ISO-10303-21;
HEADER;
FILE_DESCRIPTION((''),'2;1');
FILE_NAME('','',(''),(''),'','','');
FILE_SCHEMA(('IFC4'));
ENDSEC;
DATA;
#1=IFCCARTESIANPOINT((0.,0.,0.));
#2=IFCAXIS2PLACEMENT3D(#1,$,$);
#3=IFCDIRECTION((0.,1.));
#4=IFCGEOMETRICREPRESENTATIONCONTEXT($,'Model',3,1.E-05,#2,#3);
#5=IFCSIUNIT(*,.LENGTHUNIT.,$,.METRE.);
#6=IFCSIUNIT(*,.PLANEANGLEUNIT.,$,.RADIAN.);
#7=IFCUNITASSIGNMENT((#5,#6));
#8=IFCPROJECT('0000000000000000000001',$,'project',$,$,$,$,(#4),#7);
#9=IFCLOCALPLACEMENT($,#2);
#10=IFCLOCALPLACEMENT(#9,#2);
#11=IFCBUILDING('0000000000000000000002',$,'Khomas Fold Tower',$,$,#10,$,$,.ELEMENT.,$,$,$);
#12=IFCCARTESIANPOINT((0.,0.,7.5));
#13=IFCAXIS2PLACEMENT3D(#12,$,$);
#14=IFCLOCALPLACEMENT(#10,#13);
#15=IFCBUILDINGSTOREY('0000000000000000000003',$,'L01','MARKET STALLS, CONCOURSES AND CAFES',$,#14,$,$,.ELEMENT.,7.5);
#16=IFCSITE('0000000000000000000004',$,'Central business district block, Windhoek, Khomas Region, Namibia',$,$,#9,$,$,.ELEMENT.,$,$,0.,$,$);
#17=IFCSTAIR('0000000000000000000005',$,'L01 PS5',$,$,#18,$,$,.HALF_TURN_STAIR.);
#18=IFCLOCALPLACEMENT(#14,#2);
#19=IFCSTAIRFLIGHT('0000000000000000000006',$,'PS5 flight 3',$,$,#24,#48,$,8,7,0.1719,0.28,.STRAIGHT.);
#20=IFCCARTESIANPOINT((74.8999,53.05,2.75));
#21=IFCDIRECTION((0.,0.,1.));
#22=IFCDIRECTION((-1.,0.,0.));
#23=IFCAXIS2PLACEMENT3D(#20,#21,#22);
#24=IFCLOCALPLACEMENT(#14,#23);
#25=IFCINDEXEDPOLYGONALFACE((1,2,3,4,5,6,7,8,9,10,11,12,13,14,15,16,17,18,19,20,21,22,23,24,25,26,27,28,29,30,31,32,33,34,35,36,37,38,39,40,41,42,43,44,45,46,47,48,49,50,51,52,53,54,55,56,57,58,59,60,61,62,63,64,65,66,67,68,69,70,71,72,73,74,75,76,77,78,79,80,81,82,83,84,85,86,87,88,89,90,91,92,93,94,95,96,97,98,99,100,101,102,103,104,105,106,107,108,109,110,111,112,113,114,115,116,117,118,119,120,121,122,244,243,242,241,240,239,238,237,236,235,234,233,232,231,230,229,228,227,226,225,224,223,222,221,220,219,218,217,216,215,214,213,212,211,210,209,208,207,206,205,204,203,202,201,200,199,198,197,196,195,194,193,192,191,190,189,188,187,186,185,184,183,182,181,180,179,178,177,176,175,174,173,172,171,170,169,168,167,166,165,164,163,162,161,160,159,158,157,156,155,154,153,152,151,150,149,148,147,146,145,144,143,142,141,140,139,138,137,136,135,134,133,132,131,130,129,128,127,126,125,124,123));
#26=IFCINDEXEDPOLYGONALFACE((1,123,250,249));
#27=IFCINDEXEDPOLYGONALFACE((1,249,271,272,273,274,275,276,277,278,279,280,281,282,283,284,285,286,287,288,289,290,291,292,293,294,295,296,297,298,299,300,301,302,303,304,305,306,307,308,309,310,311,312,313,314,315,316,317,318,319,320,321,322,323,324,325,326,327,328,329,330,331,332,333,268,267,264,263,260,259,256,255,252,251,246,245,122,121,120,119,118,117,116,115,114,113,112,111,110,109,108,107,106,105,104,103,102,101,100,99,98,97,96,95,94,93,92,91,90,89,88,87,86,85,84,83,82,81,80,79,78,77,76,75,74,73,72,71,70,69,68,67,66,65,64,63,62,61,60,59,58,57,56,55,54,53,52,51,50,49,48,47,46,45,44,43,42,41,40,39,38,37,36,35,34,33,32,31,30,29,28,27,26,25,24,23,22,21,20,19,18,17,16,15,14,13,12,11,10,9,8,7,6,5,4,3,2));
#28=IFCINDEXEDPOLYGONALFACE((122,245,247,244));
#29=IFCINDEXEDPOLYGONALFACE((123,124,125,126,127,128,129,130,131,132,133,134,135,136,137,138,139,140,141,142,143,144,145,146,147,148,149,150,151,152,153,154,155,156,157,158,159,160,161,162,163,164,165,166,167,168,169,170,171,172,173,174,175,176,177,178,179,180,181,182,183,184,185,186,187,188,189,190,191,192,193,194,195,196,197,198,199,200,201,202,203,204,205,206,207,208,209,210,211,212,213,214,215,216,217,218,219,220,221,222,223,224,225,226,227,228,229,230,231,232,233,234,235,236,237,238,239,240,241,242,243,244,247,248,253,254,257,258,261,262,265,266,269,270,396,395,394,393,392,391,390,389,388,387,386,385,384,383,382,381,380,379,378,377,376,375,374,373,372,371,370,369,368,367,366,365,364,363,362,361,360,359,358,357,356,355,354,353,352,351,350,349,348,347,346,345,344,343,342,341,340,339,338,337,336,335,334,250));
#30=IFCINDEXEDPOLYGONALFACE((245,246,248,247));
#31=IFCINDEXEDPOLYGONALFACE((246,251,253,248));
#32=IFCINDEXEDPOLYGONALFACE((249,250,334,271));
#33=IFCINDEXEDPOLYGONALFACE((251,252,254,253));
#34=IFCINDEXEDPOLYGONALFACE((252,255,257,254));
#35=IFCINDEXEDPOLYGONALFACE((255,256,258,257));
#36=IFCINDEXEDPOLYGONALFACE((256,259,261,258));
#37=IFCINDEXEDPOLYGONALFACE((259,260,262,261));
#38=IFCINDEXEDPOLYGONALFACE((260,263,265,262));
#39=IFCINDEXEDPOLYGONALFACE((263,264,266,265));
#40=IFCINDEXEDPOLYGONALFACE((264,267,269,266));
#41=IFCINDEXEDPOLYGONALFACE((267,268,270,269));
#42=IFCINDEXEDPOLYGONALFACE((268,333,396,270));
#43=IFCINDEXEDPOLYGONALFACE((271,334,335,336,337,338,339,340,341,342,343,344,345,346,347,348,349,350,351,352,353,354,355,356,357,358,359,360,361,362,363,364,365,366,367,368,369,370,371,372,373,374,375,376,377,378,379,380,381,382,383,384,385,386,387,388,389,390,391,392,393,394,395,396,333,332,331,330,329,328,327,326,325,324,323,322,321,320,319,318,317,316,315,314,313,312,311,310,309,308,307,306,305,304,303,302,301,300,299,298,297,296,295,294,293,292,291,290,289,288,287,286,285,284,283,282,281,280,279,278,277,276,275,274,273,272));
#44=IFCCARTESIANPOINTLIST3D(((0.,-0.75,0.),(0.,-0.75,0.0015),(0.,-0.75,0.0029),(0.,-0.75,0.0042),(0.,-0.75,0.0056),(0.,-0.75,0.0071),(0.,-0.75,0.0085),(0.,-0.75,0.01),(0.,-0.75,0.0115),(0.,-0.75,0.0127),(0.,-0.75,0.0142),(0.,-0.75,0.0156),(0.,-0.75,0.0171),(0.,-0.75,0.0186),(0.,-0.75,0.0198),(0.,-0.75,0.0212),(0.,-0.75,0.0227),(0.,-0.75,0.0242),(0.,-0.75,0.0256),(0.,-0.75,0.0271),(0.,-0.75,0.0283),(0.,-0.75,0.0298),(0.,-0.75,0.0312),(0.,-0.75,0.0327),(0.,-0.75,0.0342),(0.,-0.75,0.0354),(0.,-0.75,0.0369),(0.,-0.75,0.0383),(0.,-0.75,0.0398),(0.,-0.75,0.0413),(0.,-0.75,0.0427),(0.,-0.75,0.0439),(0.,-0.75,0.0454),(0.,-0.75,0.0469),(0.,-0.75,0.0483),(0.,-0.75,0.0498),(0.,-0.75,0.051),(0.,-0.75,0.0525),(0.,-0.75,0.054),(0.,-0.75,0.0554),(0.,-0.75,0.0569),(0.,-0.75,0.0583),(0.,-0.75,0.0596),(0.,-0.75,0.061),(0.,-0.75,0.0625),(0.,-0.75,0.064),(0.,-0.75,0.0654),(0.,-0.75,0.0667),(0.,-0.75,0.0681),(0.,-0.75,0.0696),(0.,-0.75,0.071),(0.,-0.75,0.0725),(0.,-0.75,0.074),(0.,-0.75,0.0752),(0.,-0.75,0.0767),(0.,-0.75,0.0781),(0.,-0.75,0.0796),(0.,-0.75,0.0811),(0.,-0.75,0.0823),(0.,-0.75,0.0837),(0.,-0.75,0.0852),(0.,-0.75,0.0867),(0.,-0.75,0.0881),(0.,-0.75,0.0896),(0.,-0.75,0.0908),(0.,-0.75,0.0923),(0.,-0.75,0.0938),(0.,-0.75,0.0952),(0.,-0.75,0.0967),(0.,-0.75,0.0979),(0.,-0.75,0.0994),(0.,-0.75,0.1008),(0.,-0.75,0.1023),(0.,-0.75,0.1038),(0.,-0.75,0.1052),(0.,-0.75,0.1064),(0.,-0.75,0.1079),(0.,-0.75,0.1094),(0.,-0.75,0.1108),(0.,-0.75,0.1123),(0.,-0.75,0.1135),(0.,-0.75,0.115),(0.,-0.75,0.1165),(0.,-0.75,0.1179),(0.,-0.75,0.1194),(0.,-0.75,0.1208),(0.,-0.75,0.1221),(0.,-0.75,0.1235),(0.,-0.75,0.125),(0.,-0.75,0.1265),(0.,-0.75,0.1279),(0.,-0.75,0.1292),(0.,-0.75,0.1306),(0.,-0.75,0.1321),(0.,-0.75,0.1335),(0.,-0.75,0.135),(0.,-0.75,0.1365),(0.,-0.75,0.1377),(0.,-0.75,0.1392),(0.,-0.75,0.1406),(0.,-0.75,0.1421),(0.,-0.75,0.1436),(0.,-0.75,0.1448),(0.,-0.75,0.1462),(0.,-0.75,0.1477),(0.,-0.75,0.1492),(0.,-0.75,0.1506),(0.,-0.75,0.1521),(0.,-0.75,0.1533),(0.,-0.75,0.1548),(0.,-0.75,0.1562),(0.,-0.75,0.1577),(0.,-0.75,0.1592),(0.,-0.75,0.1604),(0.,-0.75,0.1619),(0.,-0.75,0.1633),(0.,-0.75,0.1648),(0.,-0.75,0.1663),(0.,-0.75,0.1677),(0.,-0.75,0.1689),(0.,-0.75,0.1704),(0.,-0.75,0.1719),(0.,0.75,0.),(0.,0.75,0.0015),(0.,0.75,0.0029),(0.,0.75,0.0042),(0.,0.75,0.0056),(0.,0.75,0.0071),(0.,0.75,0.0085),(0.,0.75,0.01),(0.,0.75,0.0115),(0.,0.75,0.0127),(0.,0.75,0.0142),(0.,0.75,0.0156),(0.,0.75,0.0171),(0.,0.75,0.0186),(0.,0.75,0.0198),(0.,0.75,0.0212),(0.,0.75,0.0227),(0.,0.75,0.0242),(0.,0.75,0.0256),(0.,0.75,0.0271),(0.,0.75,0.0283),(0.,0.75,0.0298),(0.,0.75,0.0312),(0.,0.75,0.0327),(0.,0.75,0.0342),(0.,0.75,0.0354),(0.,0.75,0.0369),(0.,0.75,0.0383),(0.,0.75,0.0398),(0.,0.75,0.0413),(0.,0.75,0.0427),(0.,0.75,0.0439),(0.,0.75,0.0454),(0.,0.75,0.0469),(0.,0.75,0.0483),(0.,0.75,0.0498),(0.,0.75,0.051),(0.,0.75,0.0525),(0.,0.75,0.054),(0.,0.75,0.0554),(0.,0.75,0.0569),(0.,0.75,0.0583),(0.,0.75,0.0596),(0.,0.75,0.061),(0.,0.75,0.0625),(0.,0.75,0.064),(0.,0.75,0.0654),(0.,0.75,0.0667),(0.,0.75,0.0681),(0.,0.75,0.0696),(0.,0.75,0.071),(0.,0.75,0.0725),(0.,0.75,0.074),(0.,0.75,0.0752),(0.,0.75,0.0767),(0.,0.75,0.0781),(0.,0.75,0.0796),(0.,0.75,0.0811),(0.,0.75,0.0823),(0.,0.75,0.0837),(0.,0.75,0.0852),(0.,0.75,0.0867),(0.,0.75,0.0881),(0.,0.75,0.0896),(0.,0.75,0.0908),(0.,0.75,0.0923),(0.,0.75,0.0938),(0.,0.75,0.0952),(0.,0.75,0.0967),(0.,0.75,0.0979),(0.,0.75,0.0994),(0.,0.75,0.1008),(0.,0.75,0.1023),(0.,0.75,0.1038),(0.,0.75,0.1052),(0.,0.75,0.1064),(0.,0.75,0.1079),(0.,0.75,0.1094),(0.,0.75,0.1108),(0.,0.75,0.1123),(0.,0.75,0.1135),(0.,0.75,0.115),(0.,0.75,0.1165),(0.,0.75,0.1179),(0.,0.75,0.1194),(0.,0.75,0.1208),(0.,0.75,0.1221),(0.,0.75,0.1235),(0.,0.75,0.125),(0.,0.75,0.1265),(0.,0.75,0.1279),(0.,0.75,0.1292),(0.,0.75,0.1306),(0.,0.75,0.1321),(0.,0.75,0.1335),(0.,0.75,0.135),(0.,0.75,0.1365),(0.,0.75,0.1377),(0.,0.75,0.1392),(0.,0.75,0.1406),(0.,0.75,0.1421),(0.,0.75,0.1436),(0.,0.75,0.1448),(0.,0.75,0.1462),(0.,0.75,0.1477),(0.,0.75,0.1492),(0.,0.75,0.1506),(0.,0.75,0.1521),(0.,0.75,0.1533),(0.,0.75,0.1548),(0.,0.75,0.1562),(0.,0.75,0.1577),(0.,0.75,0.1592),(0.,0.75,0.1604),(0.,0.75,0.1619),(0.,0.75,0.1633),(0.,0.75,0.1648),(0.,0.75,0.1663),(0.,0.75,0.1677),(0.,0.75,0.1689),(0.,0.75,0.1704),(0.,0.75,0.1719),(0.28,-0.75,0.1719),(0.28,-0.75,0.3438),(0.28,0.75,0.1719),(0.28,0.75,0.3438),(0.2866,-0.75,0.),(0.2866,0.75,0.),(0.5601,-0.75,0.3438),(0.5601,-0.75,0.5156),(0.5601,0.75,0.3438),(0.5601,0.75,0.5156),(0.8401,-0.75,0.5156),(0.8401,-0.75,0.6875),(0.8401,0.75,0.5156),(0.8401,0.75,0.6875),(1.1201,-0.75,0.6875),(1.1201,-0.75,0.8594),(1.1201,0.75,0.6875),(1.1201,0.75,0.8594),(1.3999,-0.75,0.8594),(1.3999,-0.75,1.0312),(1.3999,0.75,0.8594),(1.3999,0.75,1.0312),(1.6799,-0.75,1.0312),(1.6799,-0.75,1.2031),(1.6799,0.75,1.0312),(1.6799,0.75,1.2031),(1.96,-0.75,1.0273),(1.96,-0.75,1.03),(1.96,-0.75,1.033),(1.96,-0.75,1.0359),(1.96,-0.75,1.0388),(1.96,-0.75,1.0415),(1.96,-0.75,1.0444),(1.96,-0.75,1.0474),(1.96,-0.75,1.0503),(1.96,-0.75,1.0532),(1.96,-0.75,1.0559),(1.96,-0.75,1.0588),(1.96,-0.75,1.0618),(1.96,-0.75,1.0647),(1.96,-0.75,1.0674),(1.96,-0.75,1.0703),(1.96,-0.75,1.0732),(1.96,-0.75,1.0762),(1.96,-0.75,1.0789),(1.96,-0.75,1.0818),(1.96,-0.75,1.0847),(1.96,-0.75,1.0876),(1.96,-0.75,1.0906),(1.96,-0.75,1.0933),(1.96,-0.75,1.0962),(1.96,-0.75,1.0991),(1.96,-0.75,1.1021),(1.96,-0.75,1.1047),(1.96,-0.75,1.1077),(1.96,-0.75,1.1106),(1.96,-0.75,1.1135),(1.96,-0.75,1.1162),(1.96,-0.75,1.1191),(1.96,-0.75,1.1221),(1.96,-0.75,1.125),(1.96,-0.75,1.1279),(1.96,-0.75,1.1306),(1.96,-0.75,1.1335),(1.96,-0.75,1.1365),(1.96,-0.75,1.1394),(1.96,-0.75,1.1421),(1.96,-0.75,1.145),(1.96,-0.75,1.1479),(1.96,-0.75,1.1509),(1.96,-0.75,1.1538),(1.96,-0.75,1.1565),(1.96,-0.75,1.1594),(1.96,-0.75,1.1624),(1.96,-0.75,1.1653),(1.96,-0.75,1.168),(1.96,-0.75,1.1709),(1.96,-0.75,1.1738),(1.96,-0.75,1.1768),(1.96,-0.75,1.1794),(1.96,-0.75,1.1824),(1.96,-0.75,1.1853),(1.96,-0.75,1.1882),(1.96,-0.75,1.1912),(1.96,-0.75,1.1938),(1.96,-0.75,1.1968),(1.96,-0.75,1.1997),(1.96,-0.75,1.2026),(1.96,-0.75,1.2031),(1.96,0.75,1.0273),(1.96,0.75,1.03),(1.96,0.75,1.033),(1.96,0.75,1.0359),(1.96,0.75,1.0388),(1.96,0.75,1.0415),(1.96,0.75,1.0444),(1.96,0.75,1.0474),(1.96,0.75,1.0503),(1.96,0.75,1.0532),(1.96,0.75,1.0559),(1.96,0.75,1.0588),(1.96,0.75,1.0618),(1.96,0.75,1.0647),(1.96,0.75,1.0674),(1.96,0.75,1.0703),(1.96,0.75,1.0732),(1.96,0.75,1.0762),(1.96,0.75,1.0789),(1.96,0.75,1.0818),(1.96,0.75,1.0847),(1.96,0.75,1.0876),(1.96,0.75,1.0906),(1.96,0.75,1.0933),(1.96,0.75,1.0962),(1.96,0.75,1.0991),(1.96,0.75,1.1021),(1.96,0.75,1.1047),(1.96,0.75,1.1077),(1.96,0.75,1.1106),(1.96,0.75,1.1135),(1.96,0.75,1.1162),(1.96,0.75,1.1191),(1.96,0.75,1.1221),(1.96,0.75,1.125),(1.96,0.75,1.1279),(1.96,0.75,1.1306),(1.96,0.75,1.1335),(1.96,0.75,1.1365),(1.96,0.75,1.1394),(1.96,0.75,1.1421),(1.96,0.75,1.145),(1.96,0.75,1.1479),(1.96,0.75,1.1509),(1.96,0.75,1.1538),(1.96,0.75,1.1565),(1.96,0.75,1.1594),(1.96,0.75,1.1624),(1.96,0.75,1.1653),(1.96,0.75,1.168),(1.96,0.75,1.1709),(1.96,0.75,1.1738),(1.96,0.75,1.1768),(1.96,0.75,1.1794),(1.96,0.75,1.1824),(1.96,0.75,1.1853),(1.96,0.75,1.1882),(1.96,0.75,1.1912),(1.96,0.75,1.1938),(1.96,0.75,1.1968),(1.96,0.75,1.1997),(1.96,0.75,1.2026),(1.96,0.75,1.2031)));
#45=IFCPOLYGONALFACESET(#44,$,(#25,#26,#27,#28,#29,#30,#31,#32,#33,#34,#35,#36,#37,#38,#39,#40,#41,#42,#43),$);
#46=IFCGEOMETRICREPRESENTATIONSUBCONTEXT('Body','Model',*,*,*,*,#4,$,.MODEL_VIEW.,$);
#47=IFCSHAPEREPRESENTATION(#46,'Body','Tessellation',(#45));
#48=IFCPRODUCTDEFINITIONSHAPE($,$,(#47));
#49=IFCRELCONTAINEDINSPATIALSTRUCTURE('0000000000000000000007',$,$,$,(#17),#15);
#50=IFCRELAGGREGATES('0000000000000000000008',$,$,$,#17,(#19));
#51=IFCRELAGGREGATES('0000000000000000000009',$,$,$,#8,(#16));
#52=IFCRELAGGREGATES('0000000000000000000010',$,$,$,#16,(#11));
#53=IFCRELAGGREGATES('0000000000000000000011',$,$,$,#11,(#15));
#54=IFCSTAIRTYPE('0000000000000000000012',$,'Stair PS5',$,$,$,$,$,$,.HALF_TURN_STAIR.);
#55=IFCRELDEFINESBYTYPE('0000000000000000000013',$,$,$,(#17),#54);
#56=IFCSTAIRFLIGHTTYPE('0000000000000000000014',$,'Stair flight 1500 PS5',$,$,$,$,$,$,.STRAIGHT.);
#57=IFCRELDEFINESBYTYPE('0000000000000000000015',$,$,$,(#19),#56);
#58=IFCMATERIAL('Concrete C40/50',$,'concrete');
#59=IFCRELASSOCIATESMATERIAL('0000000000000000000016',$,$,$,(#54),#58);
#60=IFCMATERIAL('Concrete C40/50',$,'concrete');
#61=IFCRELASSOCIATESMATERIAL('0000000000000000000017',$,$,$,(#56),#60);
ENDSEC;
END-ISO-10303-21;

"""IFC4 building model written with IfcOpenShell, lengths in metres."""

from ifc_helpers import new_model, si_unit, direction, frame, origin, place, context, subcontext, project, spatial, polyline, outline, extrude, source, transform, mapped, material, type_object, element, aggregate, save


model = new_model("IFC4")

# Units and contexts
model_context = context("Model", 3, precision=1e-05, world=origin(), true_north=direction((0.0, 1.0)))
body_context = subcontext(model_context, "Body", "Model", "MODEL_VIEW")
ifc_project = project(units=[si_unit("LENGTHUNIT", "METRE"), si_unit("PLANEANGLEUNIT", "RADIAN")], contexts=[model_context])

# Site, building, storey
site_placement = place(None, origin())
site = spatial("IfcSite", under=ifc_project, at=site_placement, Name="Central business district block, Windhoek, Khomas Region, Namibia", CompositionType="ELEMENT", RefElevation=0.0)
building_placement = place(site_placement, origin())
building = spatial("IfcBuilding", under=site, at=building_placement, Name="Khomas Fold Tower", CompositionType="ELEMENT")
storey_placement = place(building_placement, frame((0.0, 0.0, 7.5)))
storey = spatial("IfcBuildingStorey", under=building, at=storey_placement, Name="L01", Description="MARKET STALLS, CONCOURSES AND CAFES", CompositionType="ELEMENT", Elevation=7.5)

# Stair, stair flight
ifc_material_1 = material(Name="Concrete C40/50", Category="concrete")
stair_type = type_object("IfcStairType", Name="Stair PS5", PredefinedType="HALF_TURN_STAIR", material=ifc_material_1)
stair_placement = place(storey_placement, origin())
stair = element("IfcStair", 1, at=stair_placement, inside=storey, type_object=stair_type, Name="L01 PS5", PredefinedType="HALF_TURN_STAIR")
ifc_material_2 = material(Name="Concrete C40/50", Category="concrete")
stair_flight_type = type_object("IfcStairFlightType", Name="Stair flight 1500 PS5", PredefinedType="STRAIGHT", material=ifc_material_2)
shared_shape_1 = source(origin(), body_context, "Body", "SweptSolid", [
    extrude(outline(polyline([(0.0, 0.0), (0.0, 0.0015), (0.0, 0.0029), (0.0, 0.0042), (0.0, 0.0056), (0.0, 0.0071), (0.0, 0.0085), (0.0, 0.01), (0.0, 0.0115), (0.0, 0.0127), (0.0, 0.0142), (0.0, 0.0156), (0.0, 0.0171), (0.0, 0.0186), (0.0, 0.0198), (0.0, 0.0212), (0.0, 0.0227), (0.0, 0.0242), (0.0, 0.0256), (0.0, 0.0271), (0.0, 0.0283), (0.0, 0.0298), (0.0, 0.0312), (0.0, 0.0327), (0.0, 0.0342), (0.0, 0.0354), (0.0, 0.0369), (0.0, 0.0383), (0.0, 0.0398), (0.0, 0.0413), (0.0, 0.0427), (0.0, 0.0439), (0.0, 0.0454), (0.0, 0.0469), (0.0, 0.0483), (0.0, 0.0498), (0.0, 0.051), (0.0, 0.0525), (0.0, 0.054), (0.0, 0.0554), (0.0, 0.0569), (0.0, 0.0583), (0.0, 0.0596), (0.0, 0.061), (0.0, 0.0625), (0.0, 0.064), (0.0, 0.0654), (0.0, 0.0667), (0.0, 0.0681), (0.0, 0.0696), (0.0, 0.071), (0.0, 0.0725), (0.0, 0.074), (0.0, 0.0752), (0.0, 0.0767), (0.0, 0.0781), (0.0, 0.0796), (0.0, 0.0811), (0.0, 0.0823), (0.0, 0.0837), (0.0, 0.0852), (0.0, 0.0867), (0.0, 0.0881), (0.0, 0.0896), (0.0, 0.0908), (0.0, 0.0923), (0.0, 0.0938), (0.0, 0.0952), (0.0, 0.0967), (0.0, 0.0979), (0.0, 0.0994), (0.0, 0.1008), (0.0, 0.1023), (0.0, 0.1038), (0.0, 0.1052), (0.0, 0.1064), (0.0, 0.1079), (0.0, 0.1094), (0.0, 0.1108), (0.0, 0.1123), (0.0, 0.1135), (0.0, 0.115), (0.0, 0.1165), (0.0, 0.1179), (0.0, 0.1194), (0.0, 0.1208), (0.0, 0.1221), (0.0, 0.1235), (0.0, 0.125), (0.0, 0.1265), (0.0, 0.1279), (0.0, 0.1292), (0.0, 0.1306), (0.0, 0.1321), (0.0, 0.1335), (0.0, 0.135), (0.0, 0.1365), (0.0, 0.1377), (0.0, 0.1392), (0.0, 0.1406), (0.0, 0.1421), (0.0, 0.1436), (0.0, 0.1448), (0.0, 0.1462), (0.0, 0.1477), (0.0, 0.1492), (0.0, 0.1506), (0.0, 0.1521), (0.0, 0.1533), (0.0, 0.1548), (0.0, 0.1562), (0.0, 0.1577), (0.0, 0.1592), (0.0, 0.1604), (0.0, 0.1619), (0.0, 0.1633), (0.0, 0.1648), (0.0, 0.1663), (0.0, 0.1677), (0.0, 0.1689), (0.0, 0.1704), (0.0, 0.1719), (0.28, 0.1719), (0.28, 0.3438), (0.5601, 0.3438), (0.5601, 0.5156), (0.8401, 0.5156), (0.8401, 0.6875), (1.1201, 0.6875), (1.1201, 0.8594), (1.3999, 0.8594), (1.3999, 1.0312), (1.6799, 1.0312), (1.6799, 1.2031), (1.96, 1.2031), (1.96, 1.375), (1.96, 1.3721), (1.96, 1.3691), (1.96, 1.3665), (1.96, 1.3635), (1.96, 1.3606), (1.96, 1.3577), (1.96, 1.355), (1.96, 1.3521), (1.96, 1.3491), (1.96, 1.3462), (1.96, 1.3435), (1.96, 1.3406), (1.96, 1.3376), (1.96, 1.3347), (1.96, 1.3318), (1.96, 1.3291), (1.96, 1.3262), (1.96, 1.3232), (1.96, 1.3203), (1.96, 1.3176), (1.96, 1.3147), (1.96, 1.3118), (1.96, 1.3088), (1.96, 1.3059), (1.96, 1.3032), (1.96, 1.3003), (1.96, 1.2974), (1.96, 1.2944), (1.96, 1.2917), (1.96, 1.2888), (1.96, 1.2859), (1.96, 1.283), (1.96, 1.2803), (1.96, 1.2773), (1.96, 1.2744), (1.96, 1.2715), (1.96, 1.2686), (1.96, 1.2659), (1.96, 1.2629), (1.96, 1.26), (1.96, 1.2571), (1.96, 1.2544), (1.96, 1.2515), (1.96, 1.2485), (1.96, 1.2456), (1.96, 1.2427), (1.96, 1.24), (1.96, 1.2371), (1.96, 1.2341), (1.96, 1.2312), (1.96, 1.2285), (1.96, 1.2256), (1.96, 1.2227), (1.96, 1.2197), (1.96, 1.217), (1.96, 1.2141), (1.96, 1.2112), (1.96, 1.2083), (1.96, 1.2053), (1.96, 1.2026), (1.96, 1.1997), (1.96, 1.1968), (1.96, 1.1938), (1.96, 1.1912), (1.96, 1.1882), (1.96, 1.1853), (1.96, 1.1824), (1.96, 1.1794), (1.96, 1.1768), (1.96, 1.1738), (1.96, 1.1709), (1.96, 1.168), (1.96, 1.1653), (1.96, 1.1624), (1.96, 1.1594), (1.96, 1.1565), (1.96, 1.1538), (1.96, 1.1509), (1.96, 1.1479), (1.96, 1.145), (1.96, 1.1421), (1.96, 1.1394), (1.96, 1.1365), (1.96, 1.1335), (1.96, 1.1306), (1.96, 1.1279), (1.96, 1.125), (1.96, 1.1221), (1.96, 1.1191), (1.96, 1.1162), (1.96, 1.1135), (1.96, 1.1106), (1.96, 1.1077), (1.96, 1.1047), (1.96, 1.1021), (1.96, 1.0991), (1.96, 1.0962), (1.96, 1.0933), (1.96, 1.0906), (1.96, 1.0876), (1.96, 1.0847), (1.96, 1.0818), (1.96, 1.0789), (1.96, 1.0762), (1.96, 1.0732), (1.96, 1.0703), (1.96, 1.0674), (1.96, 1.0647), (1.96, 1.0618), (1.96, 1.0588), (1.96, 1.0559), (1.96, 1.0532), (1.96, 1.0503), (1.96, 1.0474), (1.96, 1.0444), (1.96, 1.0415), (1.96, 1.0388), (1.96, 1.0359), (1.96, 1.033), (1.96, 1.03), (1.96, 1.0273), (0.2866, 0.0), (0.0, 0.0)])), frame((0.0, 0.75, 0.0), z_axis=(0.0, -1.0, 0.0), x_axis=(1.0, 0.0, 0.0)), (0.0, 0.0, 1.0), 1.5),
])
stair_flight_1_placement = place(storey_placement, frame((74.8999, 53.05, 2.75), z_axis=(0.0, 0.0, 1.0), x_axis=(-1.0, 0.0, 0.0)))
stair_flight_1 = element("IfcStairFlight", 2, at=stair_flight_1_placement, type_object=stair_flight_type, Name="PS5 flight 3", NumberOfRisers=8, NumberOfTreads=7, PredefinedType="STRAIGHT", RiserHeight=0.1719, TreadLength=0.28, context=body_context, shape_type="MappedRepresentation", body=[
    mapped(shared_shape_1, transform((0.0, 0.0, 0.0))),
])
aggregate(stair, [stair_flight_1])

save(model, "model.ifc")
